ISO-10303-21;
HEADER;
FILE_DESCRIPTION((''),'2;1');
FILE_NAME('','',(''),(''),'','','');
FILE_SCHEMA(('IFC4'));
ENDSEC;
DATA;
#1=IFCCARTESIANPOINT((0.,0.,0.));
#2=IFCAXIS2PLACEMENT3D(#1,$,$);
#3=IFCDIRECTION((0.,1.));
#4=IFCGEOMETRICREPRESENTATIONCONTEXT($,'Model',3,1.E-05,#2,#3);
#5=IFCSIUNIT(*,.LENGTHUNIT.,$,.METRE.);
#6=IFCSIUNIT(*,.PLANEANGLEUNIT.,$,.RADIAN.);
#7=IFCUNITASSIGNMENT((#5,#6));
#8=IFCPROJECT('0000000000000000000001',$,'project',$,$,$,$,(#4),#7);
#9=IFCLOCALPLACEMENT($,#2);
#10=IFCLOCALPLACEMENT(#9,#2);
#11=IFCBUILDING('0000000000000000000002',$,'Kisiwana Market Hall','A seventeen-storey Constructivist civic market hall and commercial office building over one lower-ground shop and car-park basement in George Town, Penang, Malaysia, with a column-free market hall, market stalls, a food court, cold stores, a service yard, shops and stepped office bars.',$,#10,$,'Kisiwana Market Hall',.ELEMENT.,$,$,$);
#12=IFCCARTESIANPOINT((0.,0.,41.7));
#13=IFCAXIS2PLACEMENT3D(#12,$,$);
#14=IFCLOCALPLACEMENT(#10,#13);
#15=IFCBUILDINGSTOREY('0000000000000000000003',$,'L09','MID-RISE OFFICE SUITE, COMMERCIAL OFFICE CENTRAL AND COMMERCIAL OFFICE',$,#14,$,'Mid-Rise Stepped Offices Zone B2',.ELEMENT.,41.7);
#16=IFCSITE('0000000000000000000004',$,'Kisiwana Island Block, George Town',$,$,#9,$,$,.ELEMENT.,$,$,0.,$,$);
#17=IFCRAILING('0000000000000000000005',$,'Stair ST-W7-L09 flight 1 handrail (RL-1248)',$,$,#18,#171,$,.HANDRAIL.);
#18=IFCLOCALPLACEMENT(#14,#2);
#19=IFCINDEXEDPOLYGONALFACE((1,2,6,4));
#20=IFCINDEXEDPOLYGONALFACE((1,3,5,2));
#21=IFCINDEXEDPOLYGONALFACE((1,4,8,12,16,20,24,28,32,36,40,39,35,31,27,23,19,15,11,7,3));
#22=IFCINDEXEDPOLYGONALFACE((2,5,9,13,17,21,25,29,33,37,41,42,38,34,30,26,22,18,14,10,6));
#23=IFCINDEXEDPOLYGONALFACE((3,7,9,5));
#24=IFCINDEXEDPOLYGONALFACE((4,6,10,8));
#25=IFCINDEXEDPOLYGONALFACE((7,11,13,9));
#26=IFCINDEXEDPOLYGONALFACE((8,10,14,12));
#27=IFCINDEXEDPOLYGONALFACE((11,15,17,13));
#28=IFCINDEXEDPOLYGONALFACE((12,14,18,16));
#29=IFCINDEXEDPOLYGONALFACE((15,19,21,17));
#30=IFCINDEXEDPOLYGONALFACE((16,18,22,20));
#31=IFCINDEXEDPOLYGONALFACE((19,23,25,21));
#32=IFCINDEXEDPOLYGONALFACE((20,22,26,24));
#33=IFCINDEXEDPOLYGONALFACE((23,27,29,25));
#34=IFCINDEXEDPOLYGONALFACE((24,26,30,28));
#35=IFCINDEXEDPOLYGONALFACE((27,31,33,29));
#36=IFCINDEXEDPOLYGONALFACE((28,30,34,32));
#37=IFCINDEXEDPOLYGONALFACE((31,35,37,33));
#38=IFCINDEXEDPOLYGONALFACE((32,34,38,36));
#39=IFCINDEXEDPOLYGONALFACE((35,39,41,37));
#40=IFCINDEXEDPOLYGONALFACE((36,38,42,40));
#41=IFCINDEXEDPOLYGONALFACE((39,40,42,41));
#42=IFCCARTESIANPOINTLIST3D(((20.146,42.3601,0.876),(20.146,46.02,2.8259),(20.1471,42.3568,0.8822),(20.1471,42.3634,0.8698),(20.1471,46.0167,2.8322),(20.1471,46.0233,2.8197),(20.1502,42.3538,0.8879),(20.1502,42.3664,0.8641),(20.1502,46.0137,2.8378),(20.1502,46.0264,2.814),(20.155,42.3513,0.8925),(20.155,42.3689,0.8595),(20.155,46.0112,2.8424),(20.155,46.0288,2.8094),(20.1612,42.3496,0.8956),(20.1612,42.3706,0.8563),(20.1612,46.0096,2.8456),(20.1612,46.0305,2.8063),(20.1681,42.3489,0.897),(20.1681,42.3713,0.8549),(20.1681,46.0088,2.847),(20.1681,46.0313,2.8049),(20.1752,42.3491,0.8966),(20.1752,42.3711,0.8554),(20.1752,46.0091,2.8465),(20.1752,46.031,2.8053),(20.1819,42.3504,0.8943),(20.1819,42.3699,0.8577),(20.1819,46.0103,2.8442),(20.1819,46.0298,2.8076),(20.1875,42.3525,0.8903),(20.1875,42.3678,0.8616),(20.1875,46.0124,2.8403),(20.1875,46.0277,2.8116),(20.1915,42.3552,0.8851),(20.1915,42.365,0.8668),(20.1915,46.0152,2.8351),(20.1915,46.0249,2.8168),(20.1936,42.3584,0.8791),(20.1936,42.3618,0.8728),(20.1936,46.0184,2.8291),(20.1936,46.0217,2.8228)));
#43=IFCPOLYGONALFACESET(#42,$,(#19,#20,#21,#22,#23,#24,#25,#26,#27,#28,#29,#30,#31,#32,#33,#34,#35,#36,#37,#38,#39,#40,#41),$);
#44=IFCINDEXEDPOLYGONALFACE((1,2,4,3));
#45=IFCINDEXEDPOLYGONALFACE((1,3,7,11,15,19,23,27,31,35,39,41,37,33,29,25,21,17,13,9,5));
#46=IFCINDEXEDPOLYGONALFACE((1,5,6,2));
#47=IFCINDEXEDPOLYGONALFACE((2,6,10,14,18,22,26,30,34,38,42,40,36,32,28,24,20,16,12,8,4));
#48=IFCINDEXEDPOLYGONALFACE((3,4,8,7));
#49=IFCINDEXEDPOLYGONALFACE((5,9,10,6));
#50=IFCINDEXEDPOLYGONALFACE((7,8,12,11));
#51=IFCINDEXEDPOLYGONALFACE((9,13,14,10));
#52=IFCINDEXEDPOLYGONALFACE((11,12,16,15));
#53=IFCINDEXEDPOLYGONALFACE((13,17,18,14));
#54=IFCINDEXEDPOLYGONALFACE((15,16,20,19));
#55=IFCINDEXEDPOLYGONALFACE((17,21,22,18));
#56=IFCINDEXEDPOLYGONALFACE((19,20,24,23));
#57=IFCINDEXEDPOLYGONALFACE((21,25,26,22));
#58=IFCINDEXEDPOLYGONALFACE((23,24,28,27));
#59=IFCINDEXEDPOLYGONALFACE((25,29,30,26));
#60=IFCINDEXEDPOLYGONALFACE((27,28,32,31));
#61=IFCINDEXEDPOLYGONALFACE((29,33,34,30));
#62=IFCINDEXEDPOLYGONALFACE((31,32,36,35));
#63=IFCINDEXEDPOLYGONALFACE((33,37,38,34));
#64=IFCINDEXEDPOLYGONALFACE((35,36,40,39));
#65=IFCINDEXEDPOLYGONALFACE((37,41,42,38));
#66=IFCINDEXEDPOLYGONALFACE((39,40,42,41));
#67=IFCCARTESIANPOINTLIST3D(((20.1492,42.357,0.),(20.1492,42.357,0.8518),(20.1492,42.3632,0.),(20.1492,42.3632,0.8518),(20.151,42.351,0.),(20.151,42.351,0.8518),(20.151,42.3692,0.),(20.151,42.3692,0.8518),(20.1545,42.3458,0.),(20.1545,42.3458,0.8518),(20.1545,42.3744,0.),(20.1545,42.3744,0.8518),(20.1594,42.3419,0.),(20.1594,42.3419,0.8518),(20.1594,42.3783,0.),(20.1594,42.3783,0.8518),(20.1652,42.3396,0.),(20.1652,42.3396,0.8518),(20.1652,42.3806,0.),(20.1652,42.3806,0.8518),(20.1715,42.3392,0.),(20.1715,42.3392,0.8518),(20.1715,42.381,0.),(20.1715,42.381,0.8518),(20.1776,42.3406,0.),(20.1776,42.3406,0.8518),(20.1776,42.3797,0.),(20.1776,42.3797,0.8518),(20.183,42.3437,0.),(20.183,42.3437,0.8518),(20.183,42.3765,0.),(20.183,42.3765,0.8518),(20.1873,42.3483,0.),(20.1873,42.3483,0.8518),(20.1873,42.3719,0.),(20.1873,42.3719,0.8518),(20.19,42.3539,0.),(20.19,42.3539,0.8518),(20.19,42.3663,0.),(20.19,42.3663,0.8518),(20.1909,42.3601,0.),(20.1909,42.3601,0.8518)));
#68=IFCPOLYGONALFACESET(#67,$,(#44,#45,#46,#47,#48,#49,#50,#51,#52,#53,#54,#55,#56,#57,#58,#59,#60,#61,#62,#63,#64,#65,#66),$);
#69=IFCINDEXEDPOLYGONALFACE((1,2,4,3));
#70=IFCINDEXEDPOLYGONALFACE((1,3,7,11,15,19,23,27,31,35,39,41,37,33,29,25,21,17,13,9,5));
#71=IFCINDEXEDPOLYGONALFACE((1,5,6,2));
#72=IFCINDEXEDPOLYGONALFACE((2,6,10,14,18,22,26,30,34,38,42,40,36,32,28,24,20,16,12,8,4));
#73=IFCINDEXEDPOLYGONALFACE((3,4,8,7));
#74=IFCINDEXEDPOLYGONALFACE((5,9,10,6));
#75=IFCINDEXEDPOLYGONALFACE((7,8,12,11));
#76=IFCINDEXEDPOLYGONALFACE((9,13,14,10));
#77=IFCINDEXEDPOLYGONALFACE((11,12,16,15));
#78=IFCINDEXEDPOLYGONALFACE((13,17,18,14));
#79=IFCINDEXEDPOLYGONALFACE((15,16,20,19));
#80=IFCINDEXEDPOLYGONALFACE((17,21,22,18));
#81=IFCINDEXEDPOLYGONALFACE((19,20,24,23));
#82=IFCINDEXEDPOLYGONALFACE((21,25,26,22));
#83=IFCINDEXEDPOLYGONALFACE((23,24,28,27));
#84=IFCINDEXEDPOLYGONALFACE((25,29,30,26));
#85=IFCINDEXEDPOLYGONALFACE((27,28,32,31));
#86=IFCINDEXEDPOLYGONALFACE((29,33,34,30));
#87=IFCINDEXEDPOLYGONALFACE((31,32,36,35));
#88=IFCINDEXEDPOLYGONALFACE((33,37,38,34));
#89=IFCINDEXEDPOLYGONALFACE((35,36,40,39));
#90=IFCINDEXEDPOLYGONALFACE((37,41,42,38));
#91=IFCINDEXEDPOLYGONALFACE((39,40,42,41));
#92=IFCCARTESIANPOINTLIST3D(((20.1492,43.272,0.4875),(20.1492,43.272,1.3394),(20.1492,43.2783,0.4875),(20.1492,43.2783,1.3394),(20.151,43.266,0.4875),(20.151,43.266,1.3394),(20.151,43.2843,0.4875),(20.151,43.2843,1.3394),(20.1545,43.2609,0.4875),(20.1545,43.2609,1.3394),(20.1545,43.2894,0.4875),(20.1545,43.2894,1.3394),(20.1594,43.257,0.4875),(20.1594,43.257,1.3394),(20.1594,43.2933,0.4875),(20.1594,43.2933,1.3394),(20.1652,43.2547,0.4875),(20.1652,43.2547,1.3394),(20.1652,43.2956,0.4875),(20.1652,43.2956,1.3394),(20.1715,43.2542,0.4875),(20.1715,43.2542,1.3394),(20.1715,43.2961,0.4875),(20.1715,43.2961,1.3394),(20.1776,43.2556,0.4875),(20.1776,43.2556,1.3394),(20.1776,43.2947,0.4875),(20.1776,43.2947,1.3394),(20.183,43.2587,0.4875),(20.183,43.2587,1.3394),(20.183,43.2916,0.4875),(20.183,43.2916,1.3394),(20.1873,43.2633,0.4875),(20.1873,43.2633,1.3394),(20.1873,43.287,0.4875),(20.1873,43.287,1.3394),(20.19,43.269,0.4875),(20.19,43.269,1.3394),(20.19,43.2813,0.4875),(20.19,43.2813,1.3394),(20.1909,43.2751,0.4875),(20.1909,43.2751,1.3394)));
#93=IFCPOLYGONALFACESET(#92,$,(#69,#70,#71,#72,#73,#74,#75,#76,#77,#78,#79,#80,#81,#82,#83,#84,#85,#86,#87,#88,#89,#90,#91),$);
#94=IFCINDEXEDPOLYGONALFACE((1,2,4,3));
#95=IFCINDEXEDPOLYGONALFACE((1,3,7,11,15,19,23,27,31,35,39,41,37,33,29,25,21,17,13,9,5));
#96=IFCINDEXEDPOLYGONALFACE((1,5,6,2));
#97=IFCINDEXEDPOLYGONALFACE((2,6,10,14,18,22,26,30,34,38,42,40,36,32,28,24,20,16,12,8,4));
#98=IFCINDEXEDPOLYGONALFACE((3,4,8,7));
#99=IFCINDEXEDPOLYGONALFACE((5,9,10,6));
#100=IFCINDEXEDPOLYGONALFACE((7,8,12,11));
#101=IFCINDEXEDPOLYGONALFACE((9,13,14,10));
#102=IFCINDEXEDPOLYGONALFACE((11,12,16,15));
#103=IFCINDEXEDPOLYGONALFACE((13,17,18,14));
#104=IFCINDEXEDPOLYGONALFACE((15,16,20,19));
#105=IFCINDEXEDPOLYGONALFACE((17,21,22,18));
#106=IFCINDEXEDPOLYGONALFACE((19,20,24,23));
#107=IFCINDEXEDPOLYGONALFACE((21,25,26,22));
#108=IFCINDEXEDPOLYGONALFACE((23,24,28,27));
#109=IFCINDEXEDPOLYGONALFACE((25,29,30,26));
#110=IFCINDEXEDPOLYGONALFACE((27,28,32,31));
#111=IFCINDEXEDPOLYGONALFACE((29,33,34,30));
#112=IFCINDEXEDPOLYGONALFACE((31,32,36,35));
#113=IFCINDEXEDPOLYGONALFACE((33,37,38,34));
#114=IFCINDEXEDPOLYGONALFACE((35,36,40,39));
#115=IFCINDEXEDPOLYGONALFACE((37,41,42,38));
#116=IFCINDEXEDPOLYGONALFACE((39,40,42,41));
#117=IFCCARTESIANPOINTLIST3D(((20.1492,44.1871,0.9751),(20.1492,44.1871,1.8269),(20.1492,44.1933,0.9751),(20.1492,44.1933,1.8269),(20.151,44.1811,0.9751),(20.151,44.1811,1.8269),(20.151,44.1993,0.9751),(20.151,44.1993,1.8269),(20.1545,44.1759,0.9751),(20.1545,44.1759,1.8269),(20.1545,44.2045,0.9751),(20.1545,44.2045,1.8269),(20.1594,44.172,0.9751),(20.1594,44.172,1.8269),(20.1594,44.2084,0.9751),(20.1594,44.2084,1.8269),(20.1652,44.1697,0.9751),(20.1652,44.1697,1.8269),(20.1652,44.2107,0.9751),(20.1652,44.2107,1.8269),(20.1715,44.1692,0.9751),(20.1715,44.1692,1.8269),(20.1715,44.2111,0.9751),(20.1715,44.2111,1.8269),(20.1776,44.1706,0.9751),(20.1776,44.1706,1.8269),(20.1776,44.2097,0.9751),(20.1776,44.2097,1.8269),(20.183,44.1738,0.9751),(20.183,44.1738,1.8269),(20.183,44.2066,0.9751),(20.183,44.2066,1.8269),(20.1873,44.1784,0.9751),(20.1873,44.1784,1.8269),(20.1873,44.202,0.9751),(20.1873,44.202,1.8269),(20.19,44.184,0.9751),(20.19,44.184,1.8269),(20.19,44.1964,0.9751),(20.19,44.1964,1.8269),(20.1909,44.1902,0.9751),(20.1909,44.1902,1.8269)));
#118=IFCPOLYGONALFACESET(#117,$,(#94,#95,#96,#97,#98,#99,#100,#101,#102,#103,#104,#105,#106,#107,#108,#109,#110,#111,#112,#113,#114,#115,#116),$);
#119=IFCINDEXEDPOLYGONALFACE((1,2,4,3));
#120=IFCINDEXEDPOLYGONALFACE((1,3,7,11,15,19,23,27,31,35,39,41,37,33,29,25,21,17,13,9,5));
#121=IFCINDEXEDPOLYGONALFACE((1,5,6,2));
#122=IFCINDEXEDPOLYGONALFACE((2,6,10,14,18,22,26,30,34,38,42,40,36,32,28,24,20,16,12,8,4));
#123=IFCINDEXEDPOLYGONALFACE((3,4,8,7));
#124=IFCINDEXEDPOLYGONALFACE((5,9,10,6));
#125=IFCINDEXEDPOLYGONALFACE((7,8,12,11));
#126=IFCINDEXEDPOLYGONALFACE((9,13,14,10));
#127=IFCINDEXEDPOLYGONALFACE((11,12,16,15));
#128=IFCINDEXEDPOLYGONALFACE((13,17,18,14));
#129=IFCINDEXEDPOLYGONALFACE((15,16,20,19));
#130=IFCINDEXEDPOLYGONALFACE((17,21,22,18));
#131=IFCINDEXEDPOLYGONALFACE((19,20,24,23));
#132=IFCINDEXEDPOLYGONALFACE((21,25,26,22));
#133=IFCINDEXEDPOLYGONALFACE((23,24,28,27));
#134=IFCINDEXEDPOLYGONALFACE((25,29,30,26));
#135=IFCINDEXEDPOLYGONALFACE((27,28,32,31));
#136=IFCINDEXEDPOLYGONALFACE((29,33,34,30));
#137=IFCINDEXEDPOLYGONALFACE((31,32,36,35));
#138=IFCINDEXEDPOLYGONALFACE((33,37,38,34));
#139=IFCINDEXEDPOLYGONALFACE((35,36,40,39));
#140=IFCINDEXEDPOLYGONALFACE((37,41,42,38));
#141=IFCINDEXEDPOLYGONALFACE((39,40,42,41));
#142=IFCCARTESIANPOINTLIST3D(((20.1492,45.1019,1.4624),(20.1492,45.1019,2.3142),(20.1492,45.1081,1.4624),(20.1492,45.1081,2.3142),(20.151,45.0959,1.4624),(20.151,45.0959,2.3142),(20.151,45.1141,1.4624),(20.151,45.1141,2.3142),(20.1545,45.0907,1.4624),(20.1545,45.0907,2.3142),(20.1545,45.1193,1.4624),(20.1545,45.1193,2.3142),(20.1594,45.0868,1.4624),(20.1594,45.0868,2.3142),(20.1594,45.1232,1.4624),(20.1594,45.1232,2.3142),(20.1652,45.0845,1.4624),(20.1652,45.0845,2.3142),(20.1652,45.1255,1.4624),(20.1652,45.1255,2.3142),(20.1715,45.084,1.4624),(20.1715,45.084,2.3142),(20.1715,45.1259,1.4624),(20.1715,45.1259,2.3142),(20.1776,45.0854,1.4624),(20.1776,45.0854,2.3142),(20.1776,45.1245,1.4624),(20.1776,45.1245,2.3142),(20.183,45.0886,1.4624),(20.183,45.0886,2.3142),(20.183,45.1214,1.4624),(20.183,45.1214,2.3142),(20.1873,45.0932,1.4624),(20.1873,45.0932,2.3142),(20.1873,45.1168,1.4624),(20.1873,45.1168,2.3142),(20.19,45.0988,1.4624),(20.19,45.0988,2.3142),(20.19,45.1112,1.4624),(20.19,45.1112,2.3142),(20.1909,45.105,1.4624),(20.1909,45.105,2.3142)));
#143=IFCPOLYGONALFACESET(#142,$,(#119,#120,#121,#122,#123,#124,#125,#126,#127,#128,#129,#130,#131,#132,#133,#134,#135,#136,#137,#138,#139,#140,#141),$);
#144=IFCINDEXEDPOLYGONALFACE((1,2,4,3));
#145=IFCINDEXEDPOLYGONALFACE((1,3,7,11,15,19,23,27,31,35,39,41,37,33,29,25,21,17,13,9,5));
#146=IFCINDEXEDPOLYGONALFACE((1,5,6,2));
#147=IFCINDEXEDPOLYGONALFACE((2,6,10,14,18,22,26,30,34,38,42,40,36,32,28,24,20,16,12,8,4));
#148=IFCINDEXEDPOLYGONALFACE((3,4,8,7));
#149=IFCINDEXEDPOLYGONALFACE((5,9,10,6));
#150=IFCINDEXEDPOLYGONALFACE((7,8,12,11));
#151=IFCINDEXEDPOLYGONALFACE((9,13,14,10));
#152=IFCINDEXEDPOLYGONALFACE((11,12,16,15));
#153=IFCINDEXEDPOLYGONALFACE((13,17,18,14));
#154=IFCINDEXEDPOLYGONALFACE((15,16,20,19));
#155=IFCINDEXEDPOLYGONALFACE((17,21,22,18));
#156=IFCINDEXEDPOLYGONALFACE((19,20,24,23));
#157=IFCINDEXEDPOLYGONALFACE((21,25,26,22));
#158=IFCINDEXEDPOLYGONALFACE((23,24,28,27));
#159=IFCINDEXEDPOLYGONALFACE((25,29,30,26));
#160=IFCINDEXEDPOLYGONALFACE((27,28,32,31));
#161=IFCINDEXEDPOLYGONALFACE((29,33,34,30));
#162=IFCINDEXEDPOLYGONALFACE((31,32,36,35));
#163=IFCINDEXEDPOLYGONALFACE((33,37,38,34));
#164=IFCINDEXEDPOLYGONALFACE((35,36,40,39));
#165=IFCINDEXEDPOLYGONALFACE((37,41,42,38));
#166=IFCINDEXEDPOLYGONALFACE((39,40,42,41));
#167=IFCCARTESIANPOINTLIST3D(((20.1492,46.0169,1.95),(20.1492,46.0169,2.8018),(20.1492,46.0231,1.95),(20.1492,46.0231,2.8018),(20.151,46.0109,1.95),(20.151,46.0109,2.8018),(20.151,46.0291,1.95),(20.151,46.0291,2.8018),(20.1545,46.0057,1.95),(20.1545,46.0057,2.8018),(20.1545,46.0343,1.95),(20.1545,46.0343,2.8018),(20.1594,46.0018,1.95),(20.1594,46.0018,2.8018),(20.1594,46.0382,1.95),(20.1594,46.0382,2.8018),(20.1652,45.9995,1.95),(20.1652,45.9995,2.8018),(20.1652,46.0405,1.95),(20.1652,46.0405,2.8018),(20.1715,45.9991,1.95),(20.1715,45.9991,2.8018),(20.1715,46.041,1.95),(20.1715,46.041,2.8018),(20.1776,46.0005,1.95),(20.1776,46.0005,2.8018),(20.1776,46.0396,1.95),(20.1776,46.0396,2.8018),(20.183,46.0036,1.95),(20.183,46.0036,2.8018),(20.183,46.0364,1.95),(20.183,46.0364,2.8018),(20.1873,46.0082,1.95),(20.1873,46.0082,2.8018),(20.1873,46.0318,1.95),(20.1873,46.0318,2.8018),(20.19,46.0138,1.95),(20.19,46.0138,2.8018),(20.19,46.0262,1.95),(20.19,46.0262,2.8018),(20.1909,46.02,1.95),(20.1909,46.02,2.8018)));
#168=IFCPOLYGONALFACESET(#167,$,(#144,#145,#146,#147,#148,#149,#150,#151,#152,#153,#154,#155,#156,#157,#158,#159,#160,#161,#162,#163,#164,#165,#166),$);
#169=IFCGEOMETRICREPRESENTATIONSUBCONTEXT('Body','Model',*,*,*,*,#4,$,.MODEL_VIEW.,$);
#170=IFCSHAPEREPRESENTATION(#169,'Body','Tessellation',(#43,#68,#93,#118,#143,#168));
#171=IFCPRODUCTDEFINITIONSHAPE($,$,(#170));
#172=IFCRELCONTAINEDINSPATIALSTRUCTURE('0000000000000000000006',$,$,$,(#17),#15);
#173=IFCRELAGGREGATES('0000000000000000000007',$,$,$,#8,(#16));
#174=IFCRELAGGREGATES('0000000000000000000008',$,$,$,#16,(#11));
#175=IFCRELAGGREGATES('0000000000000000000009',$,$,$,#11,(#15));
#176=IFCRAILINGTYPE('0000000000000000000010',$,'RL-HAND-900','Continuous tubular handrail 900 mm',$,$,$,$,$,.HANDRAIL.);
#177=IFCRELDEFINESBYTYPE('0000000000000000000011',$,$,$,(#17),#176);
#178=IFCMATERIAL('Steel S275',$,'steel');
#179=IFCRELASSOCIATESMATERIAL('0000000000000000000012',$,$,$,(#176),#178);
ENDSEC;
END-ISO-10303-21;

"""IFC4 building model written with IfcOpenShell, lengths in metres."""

from ifc_helpers import new_model, si_unit, direction, frame, origin, origin_2d, place, context, subcontext, project, spatial, circle, extrude, material, type_object, element, save


model = new_model("IFC4")

# Units and contexts
model_context = context("Model", 3, precision=1e-05, world=origin(), true_north=direction((0.0, 1.0)))
body_context = subcontext(model_context, "Body", "Model", "MODEL_VIEW")
ifc_project = project(units=[si_unit("LENGTHUNIT", "METRE"), si_unit("PLANEANGLEUNIT", "RADIAN")], contexts=[model_context])

# Site, building, storey
site_placement = place(None, origin())
site = spatial("IfcSite", under=ifc_project, at=site_placement, Name="Kisiwana Island Block, George Town", CompositionType="ELEMENT", RefElevation=0.0)
building_placement = place(site_placement, origin())
building = spatial("IfcBuilding", under=site, at=building_placement, Name="Kisiwana Market Hall", Description="A seventeen-storey Constructivist civic market hall and commercial office building over one lower-ground shop and car-park basement in George Town, Penang, Malaysia, with a column-free market hall, market stalls, a food court, cold stores, a service yard, shops and stepped office bars.", LongName="Kisiwana Market Hall", CompositionType="ELEMENT")
storey_placement = place(building_placement, frame((0.0, 0.0, 41.7)))
storey = spatial("IfcBuildingStorey", under=building, at=storey_placement, Name="L09", Description="MID-RISE OFFICE SUITE, COMMERCIAL OFFICE CENTRAL AND COMMERCIAL OFFICE", LongName="Mid-Rise Stepped Offices Zone B2", CompositionType="ELEMENT", Elevation=41.7)

# Railing
ifc_material_1 = material(Name="Steel S275", Category="steel")
railing_type_1 = type_object("IfcRailingType", Name="RL-HAND-900", Description="Continuous tubular handrail 900 mm", PredefinedType="HANDRAIL", material=ifc_material_1)
railing_1_placement = place(storey_placement, frame((20.1699, 42.3601, 0.0)))
element("IfcRailing", 1, at=railing_1_placement, inside=storey, type_object=railing_type_1, Name="Stair ST-W7-L09 flight 1 handrail (RL-1248)", PredefinedType="HANDRAIL", context=body_context, shape_type="SweptSolid", body=[
    extrude(circle(Radius=0.0239, at=origin_2d()), frame((0.0, 0.0, 0.876), z_axis=(0.0, 0.882553, 0.470212), x_axis=(-1.0, 0.0, 0.0)), (0.0, 0.0, 1.0), 4.147),
    extrude(circle(Radius=0.021, at=origin_2d()), origin(), (0.0, 0.0, 1.0), 0.8518),
    extrude(circle(Radius=0.021, at=origin_2d()), frame((0.0, 0.915, 0.4875)), (0.0, 0.0, 1.0), 0.8518),
    extrude(circle(Radius=0.021, at=origin_2d()), frame((0.0, 1.8301, 0.9751)), (0.0, 0.0, 1.0), 0.8518),
    extrude(circle(Radius=0.021, at=origin_2d()), frame((0.0, 2.7449, 1.4624)), (0.0, 0.0, 1.0), 0.8518),
    extrude(circle(Radius=0.021, at=origin_2d()), frame((0.0, 3.6599, 1.95)), (0.0, 0.0, 1.0), 0.8518),
])

save(model, "model.ifc")
